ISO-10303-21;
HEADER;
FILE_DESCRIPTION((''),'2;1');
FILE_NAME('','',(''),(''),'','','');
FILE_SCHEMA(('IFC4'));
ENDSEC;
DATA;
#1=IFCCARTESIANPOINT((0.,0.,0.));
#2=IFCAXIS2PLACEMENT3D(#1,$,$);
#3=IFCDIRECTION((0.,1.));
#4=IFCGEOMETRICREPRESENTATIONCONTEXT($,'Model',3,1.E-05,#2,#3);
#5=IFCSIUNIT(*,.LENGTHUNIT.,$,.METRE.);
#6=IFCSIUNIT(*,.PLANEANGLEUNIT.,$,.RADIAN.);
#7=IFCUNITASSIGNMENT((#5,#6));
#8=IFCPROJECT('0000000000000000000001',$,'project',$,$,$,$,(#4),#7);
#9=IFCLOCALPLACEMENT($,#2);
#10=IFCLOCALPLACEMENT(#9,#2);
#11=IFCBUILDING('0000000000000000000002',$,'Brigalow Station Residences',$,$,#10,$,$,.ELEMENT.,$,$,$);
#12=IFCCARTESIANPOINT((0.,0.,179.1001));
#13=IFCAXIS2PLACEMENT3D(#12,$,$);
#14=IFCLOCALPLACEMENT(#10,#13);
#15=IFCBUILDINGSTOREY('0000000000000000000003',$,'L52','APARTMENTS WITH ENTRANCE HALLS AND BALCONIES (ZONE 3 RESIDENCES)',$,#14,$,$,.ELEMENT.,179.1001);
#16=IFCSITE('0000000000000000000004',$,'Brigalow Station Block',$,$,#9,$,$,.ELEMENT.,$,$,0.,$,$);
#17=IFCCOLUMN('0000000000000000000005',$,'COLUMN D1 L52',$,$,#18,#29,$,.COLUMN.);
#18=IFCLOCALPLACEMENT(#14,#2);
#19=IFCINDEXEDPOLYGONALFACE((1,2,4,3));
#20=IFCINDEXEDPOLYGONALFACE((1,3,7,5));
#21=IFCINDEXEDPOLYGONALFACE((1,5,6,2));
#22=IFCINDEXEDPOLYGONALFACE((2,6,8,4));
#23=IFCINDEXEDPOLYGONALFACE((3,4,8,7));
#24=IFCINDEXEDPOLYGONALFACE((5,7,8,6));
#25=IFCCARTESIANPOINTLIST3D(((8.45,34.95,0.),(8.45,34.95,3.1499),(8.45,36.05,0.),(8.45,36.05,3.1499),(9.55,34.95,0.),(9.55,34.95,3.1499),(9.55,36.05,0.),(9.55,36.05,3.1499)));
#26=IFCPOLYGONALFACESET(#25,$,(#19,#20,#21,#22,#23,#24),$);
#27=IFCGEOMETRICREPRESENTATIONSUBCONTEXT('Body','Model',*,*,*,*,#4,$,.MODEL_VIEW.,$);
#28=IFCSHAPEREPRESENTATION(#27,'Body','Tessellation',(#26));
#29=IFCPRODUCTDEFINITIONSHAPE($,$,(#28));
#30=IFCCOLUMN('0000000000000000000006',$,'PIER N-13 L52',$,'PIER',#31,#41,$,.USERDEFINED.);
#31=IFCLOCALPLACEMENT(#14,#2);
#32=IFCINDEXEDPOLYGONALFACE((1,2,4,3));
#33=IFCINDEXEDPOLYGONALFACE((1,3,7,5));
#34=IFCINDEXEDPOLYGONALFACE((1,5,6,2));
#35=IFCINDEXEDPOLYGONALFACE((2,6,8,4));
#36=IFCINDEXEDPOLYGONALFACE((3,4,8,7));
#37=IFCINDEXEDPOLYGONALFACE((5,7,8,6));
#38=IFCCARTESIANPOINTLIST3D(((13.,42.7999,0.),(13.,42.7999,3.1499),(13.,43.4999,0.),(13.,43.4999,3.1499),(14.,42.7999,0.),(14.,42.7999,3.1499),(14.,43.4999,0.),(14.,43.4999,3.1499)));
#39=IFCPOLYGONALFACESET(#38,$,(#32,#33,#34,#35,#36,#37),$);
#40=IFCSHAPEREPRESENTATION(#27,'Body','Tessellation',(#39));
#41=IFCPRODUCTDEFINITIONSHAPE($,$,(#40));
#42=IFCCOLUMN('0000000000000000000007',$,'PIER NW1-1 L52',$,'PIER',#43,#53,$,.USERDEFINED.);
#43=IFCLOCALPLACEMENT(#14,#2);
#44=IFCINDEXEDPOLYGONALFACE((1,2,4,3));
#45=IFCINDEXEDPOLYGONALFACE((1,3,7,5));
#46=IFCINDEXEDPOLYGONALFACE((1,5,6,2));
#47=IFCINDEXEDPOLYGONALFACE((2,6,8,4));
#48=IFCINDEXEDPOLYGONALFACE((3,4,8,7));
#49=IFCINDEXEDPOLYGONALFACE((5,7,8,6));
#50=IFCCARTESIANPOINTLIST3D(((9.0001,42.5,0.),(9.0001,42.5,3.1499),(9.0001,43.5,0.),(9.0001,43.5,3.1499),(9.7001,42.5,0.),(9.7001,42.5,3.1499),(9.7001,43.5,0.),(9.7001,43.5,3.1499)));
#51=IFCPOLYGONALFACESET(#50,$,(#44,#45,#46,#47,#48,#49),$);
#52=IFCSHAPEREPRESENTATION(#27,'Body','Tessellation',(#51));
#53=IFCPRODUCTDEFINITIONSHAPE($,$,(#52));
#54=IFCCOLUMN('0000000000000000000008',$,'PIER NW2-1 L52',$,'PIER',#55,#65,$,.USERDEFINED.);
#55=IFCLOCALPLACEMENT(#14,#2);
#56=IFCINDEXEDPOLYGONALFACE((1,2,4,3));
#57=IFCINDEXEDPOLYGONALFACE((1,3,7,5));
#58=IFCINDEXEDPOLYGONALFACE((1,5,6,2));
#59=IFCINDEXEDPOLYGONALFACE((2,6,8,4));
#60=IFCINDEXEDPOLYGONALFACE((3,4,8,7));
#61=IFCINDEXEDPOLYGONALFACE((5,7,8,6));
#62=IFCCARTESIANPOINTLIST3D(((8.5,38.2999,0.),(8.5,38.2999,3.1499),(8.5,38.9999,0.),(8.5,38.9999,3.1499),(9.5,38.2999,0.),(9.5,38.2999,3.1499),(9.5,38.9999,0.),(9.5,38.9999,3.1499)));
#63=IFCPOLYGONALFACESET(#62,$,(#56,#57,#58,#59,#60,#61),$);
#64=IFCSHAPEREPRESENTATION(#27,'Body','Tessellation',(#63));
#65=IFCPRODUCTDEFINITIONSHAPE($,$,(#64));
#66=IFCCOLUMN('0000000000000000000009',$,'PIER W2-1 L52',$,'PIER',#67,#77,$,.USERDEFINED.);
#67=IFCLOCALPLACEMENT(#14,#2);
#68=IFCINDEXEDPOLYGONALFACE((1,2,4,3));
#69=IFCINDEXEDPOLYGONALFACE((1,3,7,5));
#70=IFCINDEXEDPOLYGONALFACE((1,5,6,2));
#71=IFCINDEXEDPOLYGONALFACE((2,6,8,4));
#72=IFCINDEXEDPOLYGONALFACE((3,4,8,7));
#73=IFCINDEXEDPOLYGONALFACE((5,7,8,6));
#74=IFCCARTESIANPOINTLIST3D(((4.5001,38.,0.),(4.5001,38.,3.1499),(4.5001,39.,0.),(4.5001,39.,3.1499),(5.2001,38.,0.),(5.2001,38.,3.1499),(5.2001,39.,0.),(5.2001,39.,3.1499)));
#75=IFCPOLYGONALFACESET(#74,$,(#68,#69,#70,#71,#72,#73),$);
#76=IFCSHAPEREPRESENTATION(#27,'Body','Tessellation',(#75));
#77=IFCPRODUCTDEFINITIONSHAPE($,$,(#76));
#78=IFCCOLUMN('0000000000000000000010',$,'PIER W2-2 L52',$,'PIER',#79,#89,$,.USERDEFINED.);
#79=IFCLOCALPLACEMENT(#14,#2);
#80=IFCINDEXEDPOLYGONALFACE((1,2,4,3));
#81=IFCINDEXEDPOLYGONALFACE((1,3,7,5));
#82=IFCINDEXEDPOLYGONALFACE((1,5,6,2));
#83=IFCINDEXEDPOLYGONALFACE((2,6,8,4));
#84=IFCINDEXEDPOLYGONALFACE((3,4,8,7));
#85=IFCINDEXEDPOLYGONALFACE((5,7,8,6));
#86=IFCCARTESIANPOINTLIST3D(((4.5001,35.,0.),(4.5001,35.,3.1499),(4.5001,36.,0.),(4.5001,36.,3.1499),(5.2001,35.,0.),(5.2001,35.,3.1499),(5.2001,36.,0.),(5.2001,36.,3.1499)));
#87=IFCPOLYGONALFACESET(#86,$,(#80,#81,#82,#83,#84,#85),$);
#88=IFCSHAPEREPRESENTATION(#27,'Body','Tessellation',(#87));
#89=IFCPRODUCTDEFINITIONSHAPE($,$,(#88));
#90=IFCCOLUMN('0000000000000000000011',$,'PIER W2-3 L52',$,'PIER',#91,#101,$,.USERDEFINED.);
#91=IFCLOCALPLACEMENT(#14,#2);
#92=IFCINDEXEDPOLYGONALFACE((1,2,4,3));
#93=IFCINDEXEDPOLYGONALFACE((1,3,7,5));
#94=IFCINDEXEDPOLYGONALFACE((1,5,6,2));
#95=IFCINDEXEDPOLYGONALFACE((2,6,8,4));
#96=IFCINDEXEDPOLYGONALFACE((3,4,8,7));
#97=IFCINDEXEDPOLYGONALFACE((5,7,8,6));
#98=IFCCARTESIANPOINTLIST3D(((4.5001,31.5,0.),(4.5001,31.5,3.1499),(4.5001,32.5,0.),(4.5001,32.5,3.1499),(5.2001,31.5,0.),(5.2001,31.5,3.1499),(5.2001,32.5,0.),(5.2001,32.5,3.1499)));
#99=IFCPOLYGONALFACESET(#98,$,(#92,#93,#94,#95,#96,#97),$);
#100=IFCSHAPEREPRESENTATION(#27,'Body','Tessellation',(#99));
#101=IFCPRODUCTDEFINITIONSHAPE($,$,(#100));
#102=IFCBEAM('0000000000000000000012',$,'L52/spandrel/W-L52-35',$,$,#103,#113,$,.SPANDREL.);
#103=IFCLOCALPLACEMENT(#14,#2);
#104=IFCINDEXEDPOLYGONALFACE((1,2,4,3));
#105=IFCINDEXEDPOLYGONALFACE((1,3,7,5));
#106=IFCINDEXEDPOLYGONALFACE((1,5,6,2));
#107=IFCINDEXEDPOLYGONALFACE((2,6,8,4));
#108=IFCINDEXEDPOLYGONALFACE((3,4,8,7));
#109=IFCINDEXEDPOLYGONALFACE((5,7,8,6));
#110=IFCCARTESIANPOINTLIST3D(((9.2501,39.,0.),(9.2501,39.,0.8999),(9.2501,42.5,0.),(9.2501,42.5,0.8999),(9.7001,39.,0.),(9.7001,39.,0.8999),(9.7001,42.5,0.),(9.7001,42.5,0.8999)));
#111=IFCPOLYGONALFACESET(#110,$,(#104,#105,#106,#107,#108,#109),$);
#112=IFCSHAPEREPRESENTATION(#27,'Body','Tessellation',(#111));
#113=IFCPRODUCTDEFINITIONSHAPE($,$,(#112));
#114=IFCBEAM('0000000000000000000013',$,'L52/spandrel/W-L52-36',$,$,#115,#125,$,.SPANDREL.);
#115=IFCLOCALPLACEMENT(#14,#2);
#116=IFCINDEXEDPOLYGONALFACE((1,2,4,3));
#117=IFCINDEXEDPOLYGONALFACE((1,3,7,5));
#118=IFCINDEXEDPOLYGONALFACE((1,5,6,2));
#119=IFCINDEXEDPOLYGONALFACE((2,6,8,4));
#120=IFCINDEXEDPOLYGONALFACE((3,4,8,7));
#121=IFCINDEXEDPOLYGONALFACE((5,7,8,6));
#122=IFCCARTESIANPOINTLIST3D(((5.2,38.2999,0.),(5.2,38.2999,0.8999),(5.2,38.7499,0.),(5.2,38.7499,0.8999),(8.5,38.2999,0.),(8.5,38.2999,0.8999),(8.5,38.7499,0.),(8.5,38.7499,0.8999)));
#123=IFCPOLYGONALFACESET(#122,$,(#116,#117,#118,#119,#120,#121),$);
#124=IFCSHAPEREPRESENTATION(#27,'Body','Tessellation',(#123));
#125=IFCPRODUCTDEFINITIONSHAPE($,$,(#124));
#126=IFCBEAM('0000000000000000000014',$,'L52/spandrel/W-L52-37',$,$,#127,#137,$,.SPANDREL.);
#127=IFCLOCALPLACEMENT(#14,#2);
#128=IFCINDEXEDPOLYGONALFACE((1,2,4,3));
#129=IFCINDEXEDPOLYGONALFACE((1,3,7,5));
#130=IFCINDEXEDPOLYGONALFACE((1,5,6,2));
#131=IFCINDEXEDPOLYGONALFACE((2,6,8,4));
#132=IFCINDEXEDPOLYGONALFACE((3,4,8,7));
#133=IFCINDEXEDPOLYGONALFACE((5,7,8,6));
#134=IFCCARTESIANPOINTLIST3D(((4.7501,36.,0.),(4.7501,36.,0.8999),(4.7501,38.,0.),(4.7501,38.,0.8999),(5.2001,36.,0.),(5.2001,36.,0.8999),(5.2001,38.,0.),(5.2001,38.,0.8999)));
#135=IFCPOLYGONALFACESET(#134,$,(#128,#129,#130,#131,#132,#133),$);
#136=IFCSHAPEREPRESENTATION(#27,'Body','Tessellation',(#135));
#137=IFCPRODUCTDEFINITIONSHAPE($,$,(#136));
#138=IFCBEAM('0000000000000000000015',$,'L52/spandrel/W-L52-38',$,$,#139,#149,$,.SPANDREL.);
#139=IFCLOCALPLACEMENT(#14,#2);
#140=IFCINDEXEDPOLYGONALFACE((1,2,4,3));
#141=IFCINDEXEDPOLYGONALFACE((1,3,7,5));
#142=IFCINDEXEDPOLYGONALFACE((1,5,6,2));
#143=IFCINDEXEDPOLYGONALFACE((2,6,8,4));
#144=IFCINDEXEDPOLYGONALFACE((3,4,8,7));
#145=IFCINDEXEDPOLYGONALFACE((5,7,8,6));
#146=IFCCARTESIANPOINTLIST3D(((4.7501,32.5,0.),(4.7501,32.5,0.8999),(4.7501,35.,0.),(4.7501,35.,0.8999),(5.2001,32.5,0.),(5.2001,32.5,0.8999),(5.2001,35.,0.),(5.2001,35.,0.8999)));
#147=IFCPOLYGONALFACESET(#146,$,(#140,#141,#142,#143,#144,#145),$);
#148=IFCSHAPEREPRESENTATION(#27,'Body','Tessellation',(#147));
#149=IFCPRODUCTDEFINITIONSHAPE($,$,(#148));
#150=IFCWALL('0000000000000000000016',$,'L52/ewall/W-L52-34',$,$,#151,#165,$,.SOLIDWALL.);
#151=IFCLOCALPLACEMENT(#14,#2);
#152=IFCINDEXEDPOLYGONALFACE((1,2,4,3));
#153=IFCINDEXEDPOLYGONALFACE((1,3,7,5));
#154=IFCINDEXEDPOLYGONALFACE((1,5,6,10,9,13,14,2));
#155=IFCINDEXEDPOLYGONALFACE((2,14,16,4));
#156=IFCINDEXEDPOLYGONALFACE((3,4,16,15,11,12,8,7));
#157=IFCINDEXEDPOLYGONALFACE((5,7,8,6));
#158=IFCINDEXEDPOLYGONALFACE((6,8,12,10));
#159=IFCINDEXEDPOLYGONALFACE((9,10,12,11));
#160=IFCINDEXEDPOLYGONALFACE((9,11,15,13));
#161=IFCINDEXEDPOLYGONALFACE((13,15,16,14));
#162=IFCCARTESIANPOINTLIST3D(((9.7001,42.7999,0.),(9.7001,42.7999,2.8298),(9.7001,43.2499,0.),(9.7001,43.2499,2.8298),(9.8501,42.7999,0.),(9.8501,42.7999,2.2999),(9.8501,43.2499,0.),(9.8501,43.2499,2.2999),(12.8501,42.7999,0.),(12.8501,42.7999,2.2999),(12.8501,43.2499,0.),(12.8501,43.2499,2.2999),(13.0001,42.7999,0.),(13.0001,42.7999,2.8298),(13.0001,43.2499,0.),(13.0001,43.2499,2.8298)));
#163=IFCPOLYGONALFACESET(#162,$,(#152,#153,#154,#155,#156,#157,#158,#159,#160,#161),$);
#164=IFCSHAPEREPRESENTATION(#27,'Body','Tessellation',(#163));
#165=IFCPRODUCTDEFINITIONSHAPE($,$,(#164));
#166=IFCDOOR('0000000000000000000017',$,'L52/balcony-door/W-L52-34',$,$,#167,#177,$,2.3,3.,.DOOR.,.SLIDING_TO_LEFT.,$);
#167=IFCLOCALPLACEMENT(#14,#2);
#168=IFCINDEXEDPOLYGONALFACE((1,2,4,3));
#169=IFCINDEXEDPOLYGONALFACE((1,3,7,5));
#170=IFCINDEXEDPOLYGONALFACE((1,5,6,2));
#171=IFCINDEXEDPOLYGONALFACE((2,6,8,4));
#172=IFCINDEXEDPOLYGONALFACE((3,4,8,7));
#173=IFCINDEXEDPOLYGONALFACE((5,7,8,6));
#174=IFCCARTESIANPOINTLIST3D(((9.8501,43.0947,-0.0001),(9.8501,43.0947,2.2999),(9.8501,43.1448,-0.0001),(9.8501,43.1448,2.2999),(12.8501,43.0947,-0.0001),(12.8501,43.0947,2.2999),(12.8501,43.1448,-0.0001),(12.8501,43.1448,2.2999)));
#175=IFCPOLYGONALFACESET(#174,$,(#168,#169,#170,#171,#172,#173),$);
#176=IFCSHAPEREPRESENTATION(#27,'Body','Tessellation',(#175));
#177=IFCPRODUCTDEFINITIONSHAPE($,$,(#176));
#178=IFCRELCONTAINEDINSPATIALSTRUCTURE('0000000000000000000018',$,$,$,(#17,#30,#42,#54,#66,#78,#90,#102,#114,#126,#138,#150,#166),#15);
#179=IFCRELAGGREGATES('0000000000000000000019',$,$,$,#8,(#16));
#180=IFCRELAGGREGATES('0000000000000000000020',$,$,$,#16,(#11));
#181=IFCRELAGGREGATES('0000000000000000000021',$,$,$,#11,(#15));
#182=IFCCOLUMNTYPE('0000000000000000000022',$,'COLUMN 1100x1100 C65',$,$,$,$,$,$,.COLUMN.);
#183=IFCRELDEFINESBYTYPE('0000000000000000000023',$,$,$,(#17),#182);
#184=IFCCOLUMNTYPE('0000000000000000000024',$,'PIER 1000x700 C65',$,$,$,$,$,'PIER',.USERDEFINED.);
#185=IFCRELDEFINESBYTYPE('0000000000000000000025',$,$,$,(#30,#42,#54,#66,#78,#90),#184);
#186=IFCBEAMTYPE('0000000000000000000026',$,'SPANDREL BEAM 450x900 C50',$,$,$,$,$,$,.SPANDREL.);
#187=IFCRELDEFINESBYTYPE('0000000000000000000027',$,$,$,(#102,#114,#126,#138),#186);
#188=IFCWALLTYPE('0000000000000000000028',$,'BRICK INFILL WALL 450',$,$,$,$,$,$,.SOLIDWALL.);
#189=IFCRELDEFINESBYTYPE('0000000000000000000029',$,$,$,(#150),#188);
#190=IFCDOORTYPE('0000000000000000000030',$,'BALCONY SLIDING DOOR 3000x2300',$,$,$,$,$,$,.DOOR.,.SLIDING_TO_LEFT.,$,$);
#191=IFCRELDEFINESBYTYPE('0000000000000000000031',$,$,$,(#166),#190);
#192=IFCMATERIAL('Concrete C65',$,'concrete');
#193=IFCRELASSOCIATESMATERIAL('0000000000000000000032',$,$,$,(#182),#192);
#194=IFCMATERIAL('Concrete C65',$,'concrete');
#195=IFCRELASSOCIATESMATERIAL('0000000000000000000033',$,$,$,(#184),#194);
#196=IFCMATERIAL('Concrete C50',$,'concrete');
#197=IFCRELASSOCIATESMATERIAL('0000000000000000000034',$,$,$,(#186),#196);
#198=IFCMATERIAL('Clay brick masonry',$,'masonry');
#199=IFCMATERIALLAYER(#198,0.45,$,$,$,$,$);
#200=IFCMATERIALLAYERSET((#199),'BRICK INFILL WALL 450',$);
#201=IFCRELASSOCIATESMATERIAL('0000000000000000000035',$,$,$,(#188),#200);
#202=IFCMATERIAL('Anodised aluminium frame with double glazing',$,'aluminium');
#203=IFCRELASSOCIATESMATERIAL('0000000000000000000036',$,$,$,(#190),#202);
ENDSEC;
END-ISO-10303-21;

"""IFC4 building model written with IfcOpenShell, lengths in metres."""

from ifc_helpers import new_model, si_unit, direction, frame, frame_2d, origin, origin_2d, place, context, subcontext, project, spatial, rectangle, extrude, material, layer, layer_set, material_profile, profile_set, type_object, element, fill, save


model = new_model("IFC4")

# Units and contexts
model_context = context("Model", 3, precision=1e-05, world=origin(), true_north=direction((0.0, 1.0)))
body_context = subcontext(model_context, "Body", "Model", "MODEL_VIEW")
ifc_project = project(units=[si_unit("LENGTHUNIT", "METRE"), si_unit("PLANEANGLEUNIT", "RADIAN")], contexts=[model_context])

# Site, building, storey
site_placement = place(None, origin())
site = spatial("IfcSite", under=ifc_project, at=site_placement, Name="Brigalow Station Block", CompositionType="ELEMENT", RefElevation=0.0)
building_placement = place(site_placement, origin())
building = spatial("IfcBuilding", under=site, at=building_placement, Name="Brigalow Station Residences", CompositionType="ELEMENT")
storey_placement = place(building_placement, frame((0.0, 0.0, 179.1001)))
storey = spatial("IfcBuildingStorey", under=building, at=storey_placement, Name="L52", Description="APARTMENTS WITH ENTRANCE HALLS AND BALCONIES (ZONE 3 RESIDENCES)", CompositionType="ELEMENT", Elevation=179.1001)

# Columns
ifc_material_1 = material(Name="Concrete C65", Category="concrete")
ifc_material_profile_1 = material_profile(ifc_material_1, rectangle(XDim=1.1001, YDim=1.1001, at=origin_2d()), Name="RC1100x1100")
ifc_profile_set_1 = profile_set([ifc_material_profile_1], Name="Concrete C65")
column_type_1 = type_object("IfcColumnType", Name="COLUMN 1100x1100 C65", PredefinedType="COLUMN", material=ifc_profile_set_1)
column_placement = place(storey_placement, frame((9.0, 35.5, 0.0), z_axis=(0.0, 0.0, 1.0), x_axis=(1.0, 0.0, 0.0)))
element("IfcColumn", 1, at=column_placement, inside=storey, type_object=column_type_1, Name="COLUMN D1 L52", PredefinedType="COLUMN", context=body_context, shape_type="SweptSolid", body=[
    extrude(rectangle(XDim=1.1001, YDim=1.1001, at=origin_2d()), origin(), (0.0, 0.0, 1.0), 3.1499),
])
ifc_material_2 = material(Name="Concrete C65", Category="concrete")
ifc_material_profile_2 = material_profile(ifc_material_2, rectangle(XDim=1.0, YDim=0.7, at=origin_2d()), Name="RC1000x700")
ifc_profile_set_2 = profile_set([ifc_material_profile_2], Name="Concrete C65")
column_type_2 = type_object("IfcColumnType", Name="PIER 1000x700 C65", ElementType="PIER", PredefinedType="USERDEFINED", material=ifc_profile_set_2)
for number, where, z_axis, x_axis, name in (
    (2, (13.5, 43.1499, 0.0), (0.0, 0.0, 1.0), (-1.0, 0.0, 0.0), "PIER N-13 L52"),
    (3, (9.3501, 43.0, 0.0), (0.0, 0.0, 1.0), (0.0, -1.0, 0.0), "PIER NW1-1 L52"),
    (4, (9.0, 38.6499, 0.0), (0.0, 0.0, 1.0), (-1.0, 0.0, 0.0), "PIER NW2-1 L52"),
    (5, (4.8501, 38.5, 0.0), (0.0, 0.0, 1.0), (0.0, -1.0, 0.0), "PIER W2-1 L52"),
    (6, (4.8501, 35.5, 0.0), (0.0, 0.0, 1.0), (0.0, -1.0, 0.0), "PIER W2-2 L52"),
    (7, (4.8501, 32.0, 0.0), (0.0, 0.0, 1.0), (0.0, -1.0, 0.0), "PIER W2-3 L52"),
):
    element("IfcColumn", number, at=place(storey_placement, frame(where, z_axis=z_axis, x_axis=x_axis)), inside=storey, type_object=column_type_2, Name=name, ObjectType="PIER", PredefinedType="USERDEFINED", context=body_context, shape_type="SweptSolid", body=[
        extrude(rectangle(XDim=1.0, YDim=0.7, at=origin_2d()), origin(), (0.0, 0.0, 1.0), 3.1499),
    ])

# Beams
ifc_material_3 = material(Name="Concrete C50", Category="concrete")
ifc_material_profile_3 = material_profile(ifc_material_3, rectangle(XDim=0.45, YDim=0.8999, at=origin_2d()), Name="RC450x900")
ifc_profile_set_3 = profile_set([ifc_material_profile_3], Name="Concrete C50")
beam_type = type_object("IfcBeamType", Name="SPANDREL BEAM 450x900 C50", PredefinedType="SPANDREL", material=ifc_profile_set_3)
beam_1_placement = place(storey_placement, frame((9.4751, 42.5, 0.45), z_axis=(0.0, -1.0, 0.0), x_axis=(1.0, 0.0, 0.0)))
element("IfcBeam", 8, at=beam_1_placement, inside=storey, type_object=beam_type, Name="L52/spandrel/W-L52-35", PredefinedType="SPANDREL", context=body_context, shape_type="SweptSolid", body=[
    extrude(rectangle(XDim=0.45, YDim=0.8999, at=origin_2d()), origin(), (0.0, 0.0, 1.0), 3.5),
])
beam_2_placement = place(storey_placement, frame((8.5, 38.5249, 0.45), z_axis=(-1.0, 0.0, 0.0), x_axis=(0.0, -1.0, 0.0)))
element("IfcBeam", 9, at=beam_2_placement, inside=storey, type_object=beam_type, Name="L52/spandrel/W-L52-36", PredefinedType="SPANDREL", context=body_context, shape_type="SweptSolid", body=[
    extrude(rectangle(XDim=0.45, YDim=0.8999, at=origin_2d()), origin(), (0.0, 0.0, 1.0), 3.3),
])
beam_3_placement = place(storey_placement, frame((4.9751, 38.0, 0.45), z_axis=(0.0, -1.0, 0.0), x_axis=(1.0, 0.0, 0.0)))
element("IfcBeam", 10, at=beam_3_placement, inside=storey, type_object=beam_type, Name="L52/spandrel/W-L52-37", PredefinedType="SPANDREL", context=body_context, shape_type="SweptSolid", body=[
    extrude(rectangle(XDim=0.45, YDim=0.8999, at=origin_2d()), origin(), (0.0, 0.0, 1.0), 2.0),
])
beam_4_placement = place(storey_placement, frame((4.9751, 35.0, 0.45), z_axis=(0.0, -1.0, 0.0), x_axis=(1.0, 0.0, 0.0)))
element("IfcBeam", 11, at=beam_4_placement, inside=storey, type_object=beam_type, Name="L52/spandrel/W-L52-38", PredefinedType="SPANDREL", context=body_context, shape_type="SweptSolid", body=[
    extrude(rectangle(XDim=0.45, YDim=0.8999, at=origin_2d()), origin(), (0.0, 0.0, 1.0), 2.5),
])

# Wall, opening, door
ifc_material_4 = material(Name="Clay brick masonry", Category="masonry")
ifc_layer_1 = layer(ifc_material_4, 0.45)
ifc_layer_set_1 = layer_set([ifc_layer_1], Name="BRICK INFILL WALL 450")
wall_type_1 = type_object("IfcWallType", Name="BRICK INFILL WALL 450", PredefinedType="SOLIDWALL", material=ifc_layer_set_1)
wall_1_placement = place(storey_placement, frame((13.0, 43.0249, 0.0), z_axis=(0.0, 0.0, 1.0), x_axis=(-1.0, 0.0, 0.0)))
wall_1 = element("IfcWall", 12, at=wall_1_placement, inside=storey, type_object=wall_type_1, Name="L52/ewall/W-L52-34", PredefinedType="SOLIDWALL", context=body_context, shape_type="SweptSolid", body=[
    extrude(rectangle(XDim=3.3, YDim=0.45, at=frame_2d((1.6499, 0.0))), origin(), (0.0, 0.0, 1.0), 2.8298),
])
opening_1_placement = place(wall_1_placement, frame((0.1499, 0.0, 0.0)))
opening_1 = element("IfcOpeningElement", 13, at=opening_1_placement, cuts=wall_1, PredefinedType="OPENING", context=body_context, shape_type="SweptSolid", body=[
    extrude(rectangle(XDim=3.0, YDim=2.3, at=frame_2d((1.5, 1.1499))), frame((0.0, 0.2349, 0.0), z_axis=(0.0, -1.0, 0.0), x_axis=(1.0, 0.0, 0.0)), (0.0, 0.0, 1.0), 0.47),
])
ifc_material_5 = material(Name="Anodised aluminium frame with double glazing", Category="aluminium")
door_type_1 = type_object("IfcDoorType", Name="BALCONY SLIDING DOOR 3000x2300", OperationType="SLIDING_TO_LEFT", PredefinedType="DOOR", material=ifc_material_5)
door_1_placement = place(opening_1_placement, origin())
door_1 = element("IfcDoor", 14, at=door_1_placement, inside=storey, type_object=door_type_1, Name="L52/balcony-door/W-L52-34", OperationType="SLIDING_TO_LEFT", OverallHeight=2.3, OverallWidth=3.0, PredefinedType="DOOR", context=body_context, shape_type="SweptSolid", body=[
    extrude(rectangle(XDim=3.0, YDim=2.3, at=frame_2d((1.5, 1.1499))), frame((0.0, -0.0698, 0.0), z_axis=(0.0, -1.0, 0.0), x_axis=(1.0, 0.0, 0.0)), (0.0, 0.0, 1.0), 0.05),
])
fill(opening_1, door_1)

save(model, "model.ifc")
